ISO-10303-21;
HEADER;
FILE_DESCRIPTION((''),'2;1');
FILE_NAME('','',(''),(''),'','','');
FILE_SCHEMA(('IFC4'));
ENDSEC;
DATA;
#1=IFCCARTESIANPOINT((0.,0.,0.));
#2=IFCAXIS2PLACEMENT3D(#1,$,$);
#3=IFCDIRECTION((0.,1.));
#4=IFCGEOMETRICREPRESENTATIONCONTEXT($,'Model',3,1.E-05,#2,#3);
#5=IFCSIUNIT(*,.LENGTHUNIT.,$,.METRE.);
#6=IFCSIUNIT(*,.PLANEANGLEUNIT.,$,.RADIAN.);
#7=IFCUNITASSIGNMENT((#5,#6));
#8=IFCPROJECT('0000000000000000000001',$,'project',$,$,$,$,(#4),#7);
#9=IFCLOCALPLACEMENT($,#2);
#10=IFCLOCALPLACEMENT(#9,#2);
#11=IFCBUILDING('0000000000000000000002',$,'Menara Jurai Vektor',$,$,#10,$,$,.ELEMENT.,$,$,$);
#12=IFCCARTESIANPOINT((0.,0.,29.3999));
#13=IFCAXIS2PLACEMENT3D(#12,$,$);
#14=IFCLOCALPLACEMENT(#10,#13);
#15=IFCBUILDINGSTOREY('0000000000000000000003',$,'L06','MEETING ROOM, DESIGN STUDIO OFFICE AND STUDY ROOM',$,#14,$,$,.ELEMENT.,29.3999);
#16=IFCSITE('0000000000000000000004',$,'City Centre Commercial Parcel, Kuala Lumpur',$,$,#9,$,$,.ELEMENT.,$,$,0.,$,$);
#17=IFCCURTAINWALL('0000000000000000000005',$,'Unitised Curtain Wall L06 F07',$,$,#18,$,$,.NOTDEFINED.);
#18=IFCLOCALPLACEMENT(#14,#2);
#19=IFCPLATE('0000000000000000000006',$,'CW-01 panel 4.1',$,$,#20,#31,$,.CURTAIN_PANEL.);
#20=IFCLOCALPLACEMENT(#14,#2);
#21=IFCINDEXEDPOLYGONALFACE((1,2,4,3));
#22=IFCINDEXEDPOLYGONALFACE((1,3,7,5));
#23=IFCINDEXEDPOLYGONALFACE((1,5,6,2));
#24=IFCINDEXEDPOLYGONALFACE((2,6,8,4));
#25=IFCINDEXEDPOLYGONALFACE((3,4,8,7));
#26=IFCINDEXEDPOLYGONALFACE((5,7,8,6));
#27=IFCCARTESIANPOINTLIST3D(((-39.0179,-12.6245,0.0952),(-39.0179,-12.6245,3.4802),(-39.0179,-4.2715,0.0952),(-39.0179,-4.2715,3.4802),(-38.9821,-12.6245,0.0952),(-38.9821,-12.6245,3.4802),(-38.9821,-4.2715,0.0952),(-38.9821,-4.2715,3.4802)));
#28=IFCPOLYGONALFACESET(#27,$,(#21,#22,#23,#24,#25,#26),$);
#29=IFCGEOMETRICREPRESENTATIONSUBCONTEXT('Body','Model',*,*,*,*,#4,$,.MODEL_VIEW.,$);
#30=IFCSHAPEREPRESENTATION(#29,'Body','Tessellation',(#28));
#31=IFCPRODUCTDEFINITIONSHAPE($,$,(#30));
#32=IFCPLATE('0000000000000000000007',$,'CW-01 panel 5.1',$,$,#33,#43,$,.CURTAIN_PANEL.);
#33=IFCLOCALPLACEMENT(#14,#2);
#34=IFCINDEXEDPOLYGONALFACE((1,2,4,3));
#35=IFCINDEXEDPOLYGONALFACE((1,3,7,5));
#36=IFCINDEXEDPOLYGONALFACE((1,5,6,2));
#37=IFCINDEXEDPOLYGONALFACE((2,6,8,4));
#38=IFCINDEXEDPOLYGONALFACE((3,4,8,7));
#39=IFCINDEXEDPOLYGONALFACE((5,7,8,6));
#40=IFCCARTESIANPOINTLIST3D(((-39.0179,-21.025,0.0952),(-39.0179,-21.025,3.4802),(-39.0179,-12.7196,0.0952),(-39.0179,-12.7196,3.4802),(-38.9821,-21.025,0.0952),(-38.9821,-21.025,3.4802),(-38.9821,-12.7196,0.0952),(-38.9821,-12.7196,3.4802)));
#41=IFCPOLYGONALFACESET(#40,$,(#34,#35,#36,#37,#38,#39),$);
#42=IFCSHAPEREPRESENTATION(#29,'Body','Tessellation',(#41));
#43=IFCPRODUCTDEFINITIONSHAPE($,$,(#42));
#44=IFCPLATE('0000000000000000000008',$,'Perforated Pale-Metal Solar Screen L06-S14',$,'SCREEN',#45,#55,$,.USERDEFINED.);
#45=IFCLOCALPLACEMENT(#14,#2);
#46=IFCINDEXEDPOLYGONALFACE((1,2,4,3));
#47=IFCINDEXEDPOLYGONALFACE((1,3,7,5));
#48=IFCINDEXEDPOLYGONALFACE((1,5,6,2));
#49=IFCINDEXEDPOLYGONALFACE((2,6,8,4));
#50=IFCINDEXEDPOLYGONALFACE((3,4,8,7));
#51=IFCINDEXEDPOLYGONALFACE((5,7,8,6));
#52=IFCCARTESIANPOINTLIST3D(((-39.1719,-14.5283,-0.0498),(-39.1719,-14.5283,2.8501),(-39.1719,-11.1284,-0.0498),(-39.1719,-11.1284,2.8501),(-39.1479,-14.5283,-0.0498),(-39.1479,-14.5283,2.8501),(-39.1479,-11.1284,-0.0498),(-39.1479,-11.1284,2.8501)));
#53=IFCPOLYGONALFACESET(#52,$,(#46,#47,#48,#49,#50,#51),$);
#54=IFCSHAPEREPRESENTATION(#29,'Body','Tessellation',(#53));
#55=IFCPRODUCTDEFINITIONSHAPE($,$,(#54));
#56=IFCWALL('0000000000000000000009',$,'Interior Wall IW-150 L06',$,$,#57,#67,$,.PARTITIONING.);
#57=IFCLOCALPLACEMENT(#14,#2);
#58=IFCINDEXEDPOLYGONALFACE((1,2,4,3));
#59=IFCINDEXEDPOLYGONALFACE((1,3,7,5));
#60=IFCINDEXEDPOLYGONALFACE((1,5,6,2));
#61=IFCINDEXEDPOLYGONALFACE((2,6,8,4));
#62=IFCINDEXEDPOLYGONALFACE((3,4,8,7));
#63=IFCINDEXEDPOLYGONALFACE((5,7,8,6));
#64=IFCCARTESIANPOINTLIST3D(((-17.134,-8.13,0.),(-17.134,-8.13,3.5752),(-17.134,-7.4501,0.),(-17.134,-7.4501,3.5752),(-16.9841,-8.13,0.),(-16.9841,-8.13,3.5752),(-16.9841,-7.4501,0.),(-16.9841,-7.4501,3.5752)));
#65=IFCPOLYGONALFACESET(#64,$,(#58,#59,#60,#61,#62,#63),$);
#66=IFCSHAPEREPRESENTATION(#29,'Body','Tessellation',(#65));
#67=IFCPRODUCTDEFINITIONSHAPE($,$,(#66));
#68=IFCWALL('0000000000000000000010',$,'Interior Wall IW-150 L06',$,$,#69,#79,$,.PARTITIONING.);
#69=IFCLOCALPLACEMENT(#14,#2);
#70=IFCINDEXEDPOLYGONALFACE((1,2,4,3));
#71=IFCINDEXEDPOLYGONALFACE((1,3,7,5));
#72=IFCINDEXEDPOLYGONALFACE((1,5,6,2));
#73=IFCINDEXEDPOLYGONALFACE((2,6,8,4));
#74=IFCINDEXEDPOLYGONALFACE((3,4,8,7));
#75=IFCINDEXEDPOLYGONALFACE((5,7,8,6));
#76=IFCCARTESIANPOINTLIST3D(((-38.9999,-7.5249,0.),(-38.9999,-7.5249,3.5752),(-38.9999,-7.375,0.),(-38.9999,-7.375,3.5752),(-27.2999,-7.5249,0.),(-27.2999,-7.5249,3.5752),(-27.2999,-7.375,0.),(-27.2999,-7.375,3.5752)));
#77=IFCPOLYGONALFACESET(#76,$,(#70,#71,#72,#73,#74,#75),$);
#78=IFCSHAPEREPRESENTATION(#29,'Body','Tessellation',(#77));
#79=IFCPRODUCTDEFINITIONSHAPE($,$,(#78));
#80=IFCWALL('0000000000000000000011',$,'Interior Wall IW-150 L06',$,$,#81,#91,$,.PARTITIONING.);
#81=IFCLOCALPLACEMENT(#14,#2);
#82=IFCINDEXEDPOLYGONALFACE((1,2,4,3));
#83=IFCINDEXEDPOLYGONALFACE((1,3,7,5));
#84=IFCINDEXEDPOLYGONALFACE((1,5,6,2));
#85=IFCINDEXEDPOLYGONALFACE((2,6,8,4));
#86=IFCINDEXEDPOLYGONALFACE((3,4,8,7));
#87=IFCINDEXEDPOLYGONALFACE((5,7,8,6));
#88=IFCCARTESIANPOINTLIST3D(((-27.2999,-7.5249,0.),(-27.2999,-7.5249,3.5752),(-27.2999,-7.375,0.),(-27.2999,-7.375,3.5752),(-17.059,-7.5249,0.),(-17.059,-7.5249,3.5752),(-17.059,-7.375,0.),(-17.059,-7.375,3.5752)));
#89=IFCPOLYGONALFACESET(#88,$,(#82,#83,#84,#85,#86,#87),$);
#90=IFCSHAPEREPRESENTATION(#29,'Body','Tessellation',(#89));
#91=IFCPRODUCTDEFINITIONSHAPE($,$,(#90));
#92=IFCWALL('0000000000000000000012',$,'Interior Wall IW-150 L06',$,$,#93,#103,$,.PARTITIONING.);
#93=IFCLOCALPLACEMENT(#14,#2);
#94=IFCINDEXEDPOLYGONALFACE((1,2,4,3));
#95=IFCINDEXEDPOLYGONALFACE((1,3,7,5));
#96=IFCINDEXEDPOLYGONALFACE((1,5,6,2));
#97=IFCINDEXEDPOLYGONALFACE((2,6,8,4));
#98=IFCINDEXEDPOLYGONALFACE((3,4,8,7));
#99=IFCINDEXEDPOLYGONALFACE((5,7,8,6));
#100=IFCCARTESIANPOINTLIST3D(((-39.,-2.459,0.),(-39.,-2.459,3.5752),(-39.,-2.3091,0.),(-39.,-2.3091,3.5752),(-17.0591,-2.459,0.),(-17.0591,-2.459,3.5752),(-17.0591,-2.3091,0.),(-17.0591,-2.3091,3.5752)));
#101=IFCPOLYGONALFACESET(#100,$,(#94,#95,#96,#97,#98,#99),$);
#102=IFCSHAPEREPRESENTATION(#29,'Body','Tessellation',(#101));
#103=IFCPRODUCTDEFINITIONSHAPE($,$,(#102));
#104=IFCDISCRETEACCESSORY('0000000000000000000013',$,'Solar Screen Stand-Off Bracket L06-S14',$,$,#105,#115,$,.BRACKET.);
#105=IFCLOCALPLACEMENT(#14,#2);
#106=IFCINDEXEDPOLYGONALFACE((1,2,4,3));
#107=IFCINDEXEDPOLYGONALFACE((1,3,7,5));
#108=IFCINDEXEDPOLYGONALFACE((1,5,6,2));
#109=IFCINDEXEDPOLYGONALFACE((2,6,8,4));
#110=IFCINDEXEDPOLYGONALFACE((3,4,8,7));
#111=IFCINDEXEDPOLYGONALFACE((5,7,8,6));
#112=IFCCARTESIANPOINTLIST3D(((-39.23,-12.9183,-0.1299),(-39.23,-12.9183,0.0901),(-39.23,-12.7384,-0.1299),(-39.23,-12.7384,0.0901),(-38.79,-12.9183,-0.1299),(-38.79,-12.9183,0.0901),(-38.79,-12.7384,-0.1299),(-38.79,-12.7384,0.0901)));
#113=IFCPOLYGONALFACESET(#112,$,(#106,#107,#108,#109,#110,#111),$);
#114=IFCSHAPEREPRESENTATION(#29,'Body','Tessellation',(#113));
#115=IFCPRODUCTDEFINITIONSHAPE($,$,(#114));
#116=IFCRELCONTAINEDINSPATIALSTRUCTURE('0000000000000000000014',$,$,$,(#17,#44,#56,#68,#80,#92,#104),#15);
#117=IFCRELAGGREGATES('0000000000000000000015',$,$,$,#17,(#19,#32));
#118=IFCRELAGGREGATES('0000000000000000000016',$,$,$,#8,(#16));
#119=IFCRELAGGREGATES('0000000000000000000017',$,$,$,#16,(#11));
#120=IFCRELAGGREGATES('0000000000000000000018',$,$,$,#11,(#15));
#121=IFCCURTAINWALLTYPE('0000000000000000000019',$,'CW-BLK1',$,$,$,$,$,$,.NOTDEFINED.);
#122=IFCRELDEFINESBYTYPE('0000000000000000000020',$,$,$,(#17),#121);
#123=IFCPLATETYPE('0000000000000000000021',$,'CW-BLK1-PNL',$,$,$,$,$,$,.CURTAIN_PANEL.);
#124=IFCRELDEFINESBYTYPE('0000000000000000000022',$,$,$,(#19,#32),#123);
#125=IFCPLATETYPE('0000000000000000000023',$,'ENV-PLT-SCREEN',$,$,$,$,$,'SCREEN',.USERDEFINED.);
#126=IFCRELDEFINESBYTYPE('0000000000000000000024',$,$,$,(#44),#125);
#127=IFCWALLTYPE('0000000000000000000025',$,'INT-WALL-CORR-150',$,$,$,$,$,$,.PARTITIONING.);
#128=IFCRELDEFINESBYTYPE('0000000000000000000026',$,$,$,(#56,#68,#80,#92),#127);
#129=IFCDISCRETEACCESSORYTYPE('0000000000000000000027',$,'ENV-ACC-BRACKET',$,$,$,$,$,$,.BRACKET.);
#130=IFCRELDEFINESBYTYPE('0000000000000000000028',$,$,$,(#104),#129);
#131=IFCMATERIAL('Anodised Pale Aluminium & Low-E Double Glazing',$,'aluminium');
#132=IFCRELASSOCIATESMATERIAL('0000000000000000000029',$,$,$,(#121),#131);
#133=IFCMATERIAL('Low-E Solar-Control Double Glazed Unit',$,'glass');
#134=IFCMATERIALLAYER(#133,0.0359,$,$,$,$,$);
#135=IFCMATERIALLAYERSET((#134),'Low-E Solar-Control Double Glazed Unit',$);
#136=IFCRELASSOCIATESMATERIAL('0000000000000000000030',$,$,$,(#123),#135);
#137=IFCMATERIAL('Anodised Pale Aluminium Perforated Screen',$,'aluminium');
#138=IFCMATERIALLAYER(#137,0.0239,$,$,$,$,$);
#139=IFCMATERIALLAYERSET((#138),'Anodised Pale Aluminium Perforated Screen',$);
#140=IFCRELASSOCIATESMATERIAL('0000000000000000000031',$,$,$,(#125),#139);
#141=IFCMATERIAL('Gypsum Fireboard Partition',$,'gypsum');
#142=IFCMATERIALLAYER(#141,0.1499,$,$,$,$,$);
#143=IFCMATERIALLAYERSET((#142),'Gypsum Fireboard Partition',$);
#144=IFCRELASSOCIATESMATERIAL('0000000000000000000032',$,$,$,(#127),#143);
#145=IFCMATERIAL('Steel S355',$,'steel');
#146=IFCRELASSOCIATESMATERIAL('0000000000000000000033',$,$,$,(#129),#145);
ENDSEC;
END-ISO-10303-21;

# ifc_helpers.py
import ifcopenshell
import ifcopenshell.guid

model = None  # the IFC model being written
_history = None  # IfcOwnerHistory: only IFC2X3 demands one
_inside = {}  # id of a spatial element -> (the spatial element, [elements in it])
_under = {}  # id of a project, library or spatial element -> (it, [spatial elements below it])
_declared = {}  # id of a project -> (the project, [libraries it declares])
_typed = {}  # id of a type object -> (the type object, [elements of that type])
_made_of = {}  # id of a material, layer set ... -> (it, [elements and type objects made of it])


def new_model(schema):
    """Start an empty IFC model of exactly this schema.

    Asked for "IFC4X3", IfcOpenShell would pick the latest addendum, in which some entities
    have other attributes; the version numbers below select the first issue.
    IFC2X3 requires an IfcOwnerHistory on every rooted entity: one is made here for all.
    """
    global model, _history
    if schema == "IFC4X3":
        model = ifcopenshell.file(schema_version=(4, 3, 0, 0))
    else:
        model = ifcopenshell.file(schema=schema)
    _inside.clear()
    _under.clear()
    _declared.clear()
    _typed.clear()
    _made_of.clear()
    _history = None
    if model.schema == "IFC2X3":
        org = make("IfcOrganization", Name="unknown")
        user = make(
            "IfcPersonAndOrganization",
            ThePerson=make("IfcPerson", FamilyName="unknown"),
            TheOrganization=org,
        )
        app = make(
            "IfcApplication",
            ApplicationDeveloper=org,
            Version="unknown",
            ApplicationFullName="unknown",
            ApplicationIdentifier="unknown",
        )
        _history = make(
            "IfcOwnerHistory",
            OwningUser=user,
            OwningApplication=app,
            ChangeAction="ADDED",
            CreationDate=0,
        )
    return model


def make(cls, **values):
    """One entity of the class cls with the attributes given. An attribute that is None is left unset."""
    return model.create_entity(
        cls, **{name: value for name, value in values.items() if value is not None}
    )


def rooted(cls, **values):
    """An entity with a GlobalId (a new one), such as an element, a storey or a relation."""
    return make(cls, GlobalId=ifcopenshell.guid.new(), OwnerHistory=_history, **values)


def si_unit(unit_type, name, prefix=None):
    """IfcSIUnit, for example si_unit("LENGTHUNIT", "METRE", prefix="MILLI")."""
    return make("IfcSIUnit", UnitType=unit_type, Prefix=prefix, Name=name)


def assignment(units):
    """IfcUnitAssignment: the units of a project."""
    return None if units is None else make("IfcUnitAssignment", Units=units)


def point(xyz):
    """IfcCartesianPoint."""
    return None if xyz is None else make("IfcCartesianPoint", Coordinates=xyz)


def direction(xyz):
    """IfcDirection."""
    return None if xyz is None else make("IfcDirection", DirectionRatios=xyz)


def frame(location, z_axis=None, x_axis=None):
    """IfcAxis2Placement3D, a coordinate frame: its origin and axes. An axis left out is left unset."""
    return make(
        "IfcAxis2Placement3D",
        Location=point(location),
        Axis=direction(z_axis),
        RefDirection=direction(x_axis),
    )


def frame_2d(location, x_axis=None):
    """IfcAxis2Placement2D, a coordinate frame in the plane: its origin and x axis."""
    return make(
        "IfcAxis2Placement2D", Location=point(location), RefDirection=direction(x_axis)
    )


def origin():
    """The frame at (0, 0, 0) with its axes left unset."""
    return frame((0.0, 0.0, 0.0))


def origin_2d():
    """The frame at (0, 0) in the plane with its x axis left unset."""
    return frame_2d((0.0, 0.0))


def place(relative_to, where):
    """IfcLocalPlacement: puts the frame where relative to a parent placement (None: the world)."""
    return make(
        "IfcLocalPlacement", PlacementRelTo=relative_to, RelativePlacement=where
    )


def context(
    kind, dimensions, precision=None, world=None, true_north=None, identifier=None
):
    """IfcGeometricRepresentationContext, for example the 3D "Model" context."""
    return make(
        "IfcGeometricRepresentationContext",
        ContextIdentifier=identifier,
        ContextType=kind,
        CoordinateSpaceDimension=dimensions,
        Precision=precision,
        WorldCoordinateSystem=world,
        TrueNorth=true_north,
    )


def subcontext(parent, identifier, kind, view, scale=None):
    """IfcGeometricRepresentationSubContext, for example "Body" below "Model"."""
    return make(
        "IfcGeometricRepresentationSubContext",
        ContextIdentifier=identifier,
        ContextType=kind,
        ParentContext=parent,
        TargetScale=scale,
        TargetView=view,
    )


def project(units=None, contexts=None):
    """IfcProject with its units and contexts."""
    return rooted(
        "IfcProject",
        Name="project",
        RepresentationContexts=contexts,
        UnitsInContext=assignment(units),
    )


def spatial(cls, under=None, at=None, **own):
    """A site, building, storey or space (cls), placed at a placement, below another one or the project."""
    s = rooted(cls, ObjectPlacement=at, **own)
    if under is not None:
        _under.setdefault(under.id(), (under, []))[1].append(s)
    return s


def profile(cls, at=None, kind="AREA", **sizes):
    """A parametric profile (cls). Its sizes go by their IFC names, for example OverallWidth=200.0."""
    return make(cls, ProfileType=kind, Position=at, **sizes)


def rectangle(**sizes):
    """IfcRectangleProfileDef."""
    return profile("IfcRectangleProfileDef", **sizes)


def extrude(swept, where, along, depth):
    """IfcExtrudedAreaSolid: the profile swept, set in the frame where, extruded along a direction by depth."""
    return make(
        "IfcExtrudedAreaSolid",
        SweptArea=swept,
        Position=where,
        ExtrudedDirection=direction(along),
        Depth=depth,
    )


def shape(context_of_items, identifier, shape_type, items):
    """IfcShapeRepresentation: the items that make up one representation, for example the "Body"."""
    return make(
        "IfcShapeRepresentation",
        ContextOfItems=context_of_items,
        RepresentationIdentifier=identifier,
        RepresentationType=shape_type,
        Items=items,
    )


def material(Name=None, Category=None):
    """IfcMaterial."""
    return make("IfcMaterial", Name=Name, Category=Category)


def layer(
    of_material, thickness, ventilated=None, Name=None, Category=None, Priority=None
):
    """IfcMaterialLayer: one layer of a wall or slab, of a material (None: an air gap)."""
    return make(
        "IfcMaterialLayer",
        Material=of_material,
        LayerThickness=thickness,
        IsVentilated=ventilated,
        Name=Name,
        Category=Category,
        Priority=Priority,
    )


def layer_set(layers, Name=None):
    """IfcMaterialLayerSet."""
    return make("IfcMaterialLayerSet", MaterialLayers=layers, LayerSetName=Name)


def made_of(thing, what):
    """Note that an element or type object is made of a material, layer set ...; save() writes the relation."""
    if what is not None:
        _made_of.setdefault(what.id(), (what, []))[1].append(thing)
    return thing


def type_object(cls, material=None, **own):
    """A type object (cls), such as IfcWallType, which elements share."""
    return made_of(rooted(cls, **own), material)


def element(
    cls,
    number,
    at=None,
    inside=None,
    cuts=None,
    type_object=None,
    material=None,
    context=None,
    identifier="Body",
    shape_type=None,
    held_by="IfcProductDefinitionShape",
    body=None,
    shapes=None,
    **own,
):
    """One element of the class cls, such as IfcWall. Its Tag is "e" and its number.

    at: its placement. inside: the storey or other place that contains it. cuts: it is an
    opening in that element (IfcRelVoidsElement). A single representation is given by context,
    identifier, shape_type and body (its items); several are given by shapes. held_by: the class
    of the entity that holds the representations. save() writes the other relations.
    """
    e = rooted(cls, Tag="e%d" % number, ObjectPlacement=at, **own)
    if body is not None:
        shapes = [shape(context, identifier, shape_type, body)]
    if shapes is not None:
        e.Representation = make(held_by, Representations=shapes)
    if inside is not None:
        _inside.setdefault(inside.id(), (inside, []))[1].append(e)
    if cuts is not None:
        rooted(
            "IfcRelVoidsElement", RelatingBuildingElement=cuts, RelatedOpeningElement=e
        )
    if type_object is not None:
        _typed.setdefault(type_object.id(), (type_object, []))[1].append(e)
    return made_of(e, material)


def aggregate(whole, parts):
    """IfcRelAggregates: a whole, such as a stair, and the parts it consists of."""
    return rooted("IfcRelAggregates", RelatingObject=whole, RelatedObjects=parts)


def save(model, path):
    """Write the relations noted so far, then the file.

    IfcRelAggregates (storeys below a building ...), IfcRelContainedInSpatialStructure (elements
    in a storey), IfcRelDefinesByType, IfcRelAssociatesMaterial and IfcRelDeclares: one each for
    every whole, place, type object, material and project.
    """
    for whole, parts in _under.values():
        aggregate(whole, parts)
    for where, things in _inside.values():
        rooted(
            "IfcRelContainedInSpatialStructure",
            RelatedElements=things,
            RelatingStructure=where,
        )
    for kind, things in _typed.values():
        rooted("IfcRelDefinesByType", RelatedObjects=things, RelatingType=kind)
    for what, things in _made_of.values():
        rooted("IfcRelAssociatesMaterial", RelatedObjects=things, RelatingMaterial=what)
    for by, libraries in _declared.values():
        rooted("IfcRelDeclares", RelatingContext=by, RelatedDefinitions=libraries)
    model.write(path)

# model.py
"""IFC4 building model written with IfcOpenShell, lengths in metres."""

from ifc_helpers import new_model, si_unit, direction, frame, frame_2d, origin, origin_2d, place, context, subcontext, project, spatial, rectangle, extrude, material, layer, layer_set, type_object, element, aggregate, save


model = new_model("IFC4")

# Units and contexts
model_context = context("Model", 3, precision=1e-05, world=origin(), true_north=direction((0.0, 1.0)))
body_context = subcontext(model_context, "Body", "Model", "MODEL_VIEW")
ifc_project = project(units=[si_unit("LENGTHUNIT", "METRE"), si_unit("PLANEANGLEUNIT", "RADIAN")], contexts=[model_context])

# Site, building, storey
site_placement = place(None, origin())
site = spatial("IfcSite", under=ifc_project, at=site_placement, Name="City Centre Commercial Parcel, Kuala Lumpur", CompositionType="ELEMENT", RefElevation=0.0)
building_placement = place(site_placement, origin())
building = spatial("IfcBuilding", under=site, at=building_placement, Name="Menara Jurai Vektor", CompositionType="ELEMENT")
storey_placement = place(building_placement, frame((0.0, 0.0, 29.3999)))
storey = spatial("IfcBuildingStorey", under=building, at=storey_placement, Name="L06", Description="MEETING ROOM, DESIGN STUDIO OFFICE AND STUDY ROOM", CompositionType="ELEMENT", Elevation=29.3999)

# Curtain wall
ifc_material_1 = material(Name="Anodised Pale Aluminium & Low-E Double Glazing", Category="aluminium")
curtain_wall_type = type_object("IfcCurtainWallType", Name="CW-BLK1", PredefinedType="NOTDEFINED", material=ifc_material_1)
curtain_wall_1_placement = place(storey_placement, origin())
curtain_wall_1 = element("IfcCurtainWall", 1, at=curtain_wall_1_placement, inside=storey, type_object=curtain_wall_type, Name="Unitised Curtain Wall L06 F07", PredefinedType="NOTDEFINED")

# Shared definitions
ifc_material_2 = material(Name="Steel S355", Category="steel")

# Plates
ifc_material_3 = material(Name="Low-E Solar-Control Double Glazed Unit", Category="glass")
ifc_layer_1 = layer(ifc_material_3, 0.0359)
ifc_layer_set_1 = layer_set([ifc_layer_1], Name="Low-E Solar-Control Double Glazed Unit")
plate_type_1 = type_object("IfcPlateType", Name="CW-BLK1-PNL", PredefinedType="CURTAIN_PANEL", material=ifc_layer_set_1)
plate_1_placement = place(storey_placement, frame((-39.0, -8.448, 0.0952), z_axis=(0.0, 0.0, 1.0), x_axis=(0.0, -1.0, 0.0)))
plate_1 = element("IfcPlate", 2, at=plate_1_placement, type_object=plate_type_1, Name="CW-01 panel 4.1", PredefinedType="CURTAIN_PANEL", context=body_context, shape_type="SweptSolid", body=[
    extrude(rectangle(XDim=8.353, YDim=0.0359, at=origin_2d()), origin(), (0.0, 0.0, 1.0), 3.385),
])
plate_2_placement = place(storey_placement, frame((-39.0, -16.8723, 0.0952), z_axis=(0.0, 0.0, 1.0), x_axis=(0.0, -1.0, 0.0)))
plate_2 = element("IfcPlate", 3, at=plate_2_placement, type_object=plate_type_1, Name="CW-01 panel 5.1", PredefinedType="CURTAIN_PANEL", context=body_context, shape_type="SweptSolid", body=[
    extrude(rectangle(XDim=8.3054, YDim=0.0359, at=origin_2d()), origin(), (0.0, 0.0, 1.0), 3.385),
])
aggregate(curtain_wall_1, [plate_1, plate_2])
ifc_material_4 = material(Name="Anodised Pale Aluminium Perforated Screen", Category="aluminium")
ifc_layer_2 = layer(ifc_material_4, 0.0239)
ifc_layer_set_2 = layer_set([ifc_layer_2], Name="Anodised Pale Aluminium Perforated Screen")
plate_type_2 = type_object("IfcPlateType", Name="ENV-PLT-SCREEN", ElementType="SCREEN", PredefinedType="USERDEFINED", material=ifc_layer_set_2)
plate_3_placement = place(storey_placement, frame((-39.1599, -12.8284, -0.0498), z_axis=(0.0, 0.0, 1.0), x_axis=(0.0, -1.0, 0.0)))
element("IfcPlate", 4, at=plate_3_placement, inside=storey, type_object=plate_type_2, Name="Perforated Pale-Metal Solar Screen L06-S14", ObjectType="SCREEN", PredefinedType="USERDEFINED", context=body_context, shape_type="SweptSolid", body=[
    extrude(rectangle(XDim=3.3999, YDim=0.0239, at=origin_2d()), origin(), (0.0, 0.0, 1.0), 2.8999),
])

# Walls
ifc_material_5 = material(Name="Gypsum Fireboard Partition", Category="gypsum")
ifc_layer_3 = layer(ifc_material_5, 0.1499)
ifc_layer_set_3 = layer_set([ifc_layer_3], Name="Gypsum Fireboard Partition")
wall_type = type_object("IfcWallType", Name="INT-WALL-CORR-150", PredefinedType="PARTITIONING", material=ifc_layer_set_3)
wall_1_placement = place(storey_placement, frame((-17.0591, -8.1299, 0.0), z_axis=(0.0, 0.0, 1.0), x_axis=(0.0, 1.0, 0.0)))
element("IfcWall", 5, at=wall_1_placement, inside=storey, type_object=wall_type, Name="Interior Wall IW-150 L06", PredefinedType="PARTITIONING", context=body_context, shape_type="SweptSolid", body=[
    extrude(rectangle(XDim=0.6799, YDim=0.1499, at=frame_2d((0.3398, 0.0))), origin(), (0.0, 0.0, 1.0), 3.5752),
])
wall_2_placement = place(storey_placement, frame((-39.0, -7.45, 0.0), z_axis=(0.0, 0.0, 1.0), x_axis=(1.0, 0.0, 0.0)))
element("IfcWall", 6, at=wall_2_placement, inside=storey, type_object=wall_type, Name="Interior Wall IW-150 L06", PredefinedType="PARTITIONING", context=body_context, shape_type="SweptSolid", body=[
    extrude(rectangle(XDim=11.7, YDim=0.1499, at=frame_2d((5.8501, 0.0))), origin(), (0.0, 0.0, 1.0), 3.5752),
])
wall_3_placement = place(storey_placement, frame((-27.3, -7.45, 0.0), z_axis=(0.0, 0.0, 1.0), x_axis=(1.0, 0.0, 0.0)))
element("IfcWall", 7, at=wall_3_placement, inside=storey, type_object=wall_type, Name="Interior Wall IW-150 L06", PredefinedType="PARTITIONING", context=body_context, shape_type="SweptSolid", body=[
    extrude(rectangle(XDim=10.241, YDim=0.1499, at=frame_2d((5.1206, 0.0))), origin(), (0.0, 0.0, 1.0), 3.5752),
])
wall_4_placement = place(storey_placement, frame((-39.0, -2.384, 0.0), z_axis=(0.0, 0.0, 1.0), x_axis=(1.0, 0.0, 0.0)))
element("IfcWall", 8, at=wall_4_placement, inside=storey, type_object=wall_type, Name="Interior Wall IW-150 L06", PredefinedType="PARTITIONING", context=body_context, shape_type="SweptSolid", body=[
    extrude(rectangle(XDim=21.9409, YDim=0.1499, at=frame_2d((10.9705, 0.0))), origin(), (0.0, 0.0, 1.0), 3.5752),
])

# Discrete accessory
discrete_accessory_type = type_object("IfcDiscreteAccessoryType", Name="ENV-ACC-BRACKET", PredefinedType="BRACKET", material=ifc_material_2)
discrete_accessory_placement = place(storey_placement, frame((-39.01, -12.8284, -0.1299), z_axis=(0.0, 0.0, 1.0), x_axis=(0.0, -1.0, 0.0)))
element("IfcDiscreteAccessory", 9, at=discrete_accessory_placement, inside=storey, type_object=discrete_accessory_type, Name="Solar Screen Stand-Off Bracket L06-S14", PredefinedType="BRACKET", context=body_context, shape_type="SweptSolid", body=[
    extrude(rectangle(XDim=0.1799, YDim=0.4399, at=origin_2d()), origin(), (0.0, 0.0, 1.0), 0.22),
])

save(model, "model.ifc")
